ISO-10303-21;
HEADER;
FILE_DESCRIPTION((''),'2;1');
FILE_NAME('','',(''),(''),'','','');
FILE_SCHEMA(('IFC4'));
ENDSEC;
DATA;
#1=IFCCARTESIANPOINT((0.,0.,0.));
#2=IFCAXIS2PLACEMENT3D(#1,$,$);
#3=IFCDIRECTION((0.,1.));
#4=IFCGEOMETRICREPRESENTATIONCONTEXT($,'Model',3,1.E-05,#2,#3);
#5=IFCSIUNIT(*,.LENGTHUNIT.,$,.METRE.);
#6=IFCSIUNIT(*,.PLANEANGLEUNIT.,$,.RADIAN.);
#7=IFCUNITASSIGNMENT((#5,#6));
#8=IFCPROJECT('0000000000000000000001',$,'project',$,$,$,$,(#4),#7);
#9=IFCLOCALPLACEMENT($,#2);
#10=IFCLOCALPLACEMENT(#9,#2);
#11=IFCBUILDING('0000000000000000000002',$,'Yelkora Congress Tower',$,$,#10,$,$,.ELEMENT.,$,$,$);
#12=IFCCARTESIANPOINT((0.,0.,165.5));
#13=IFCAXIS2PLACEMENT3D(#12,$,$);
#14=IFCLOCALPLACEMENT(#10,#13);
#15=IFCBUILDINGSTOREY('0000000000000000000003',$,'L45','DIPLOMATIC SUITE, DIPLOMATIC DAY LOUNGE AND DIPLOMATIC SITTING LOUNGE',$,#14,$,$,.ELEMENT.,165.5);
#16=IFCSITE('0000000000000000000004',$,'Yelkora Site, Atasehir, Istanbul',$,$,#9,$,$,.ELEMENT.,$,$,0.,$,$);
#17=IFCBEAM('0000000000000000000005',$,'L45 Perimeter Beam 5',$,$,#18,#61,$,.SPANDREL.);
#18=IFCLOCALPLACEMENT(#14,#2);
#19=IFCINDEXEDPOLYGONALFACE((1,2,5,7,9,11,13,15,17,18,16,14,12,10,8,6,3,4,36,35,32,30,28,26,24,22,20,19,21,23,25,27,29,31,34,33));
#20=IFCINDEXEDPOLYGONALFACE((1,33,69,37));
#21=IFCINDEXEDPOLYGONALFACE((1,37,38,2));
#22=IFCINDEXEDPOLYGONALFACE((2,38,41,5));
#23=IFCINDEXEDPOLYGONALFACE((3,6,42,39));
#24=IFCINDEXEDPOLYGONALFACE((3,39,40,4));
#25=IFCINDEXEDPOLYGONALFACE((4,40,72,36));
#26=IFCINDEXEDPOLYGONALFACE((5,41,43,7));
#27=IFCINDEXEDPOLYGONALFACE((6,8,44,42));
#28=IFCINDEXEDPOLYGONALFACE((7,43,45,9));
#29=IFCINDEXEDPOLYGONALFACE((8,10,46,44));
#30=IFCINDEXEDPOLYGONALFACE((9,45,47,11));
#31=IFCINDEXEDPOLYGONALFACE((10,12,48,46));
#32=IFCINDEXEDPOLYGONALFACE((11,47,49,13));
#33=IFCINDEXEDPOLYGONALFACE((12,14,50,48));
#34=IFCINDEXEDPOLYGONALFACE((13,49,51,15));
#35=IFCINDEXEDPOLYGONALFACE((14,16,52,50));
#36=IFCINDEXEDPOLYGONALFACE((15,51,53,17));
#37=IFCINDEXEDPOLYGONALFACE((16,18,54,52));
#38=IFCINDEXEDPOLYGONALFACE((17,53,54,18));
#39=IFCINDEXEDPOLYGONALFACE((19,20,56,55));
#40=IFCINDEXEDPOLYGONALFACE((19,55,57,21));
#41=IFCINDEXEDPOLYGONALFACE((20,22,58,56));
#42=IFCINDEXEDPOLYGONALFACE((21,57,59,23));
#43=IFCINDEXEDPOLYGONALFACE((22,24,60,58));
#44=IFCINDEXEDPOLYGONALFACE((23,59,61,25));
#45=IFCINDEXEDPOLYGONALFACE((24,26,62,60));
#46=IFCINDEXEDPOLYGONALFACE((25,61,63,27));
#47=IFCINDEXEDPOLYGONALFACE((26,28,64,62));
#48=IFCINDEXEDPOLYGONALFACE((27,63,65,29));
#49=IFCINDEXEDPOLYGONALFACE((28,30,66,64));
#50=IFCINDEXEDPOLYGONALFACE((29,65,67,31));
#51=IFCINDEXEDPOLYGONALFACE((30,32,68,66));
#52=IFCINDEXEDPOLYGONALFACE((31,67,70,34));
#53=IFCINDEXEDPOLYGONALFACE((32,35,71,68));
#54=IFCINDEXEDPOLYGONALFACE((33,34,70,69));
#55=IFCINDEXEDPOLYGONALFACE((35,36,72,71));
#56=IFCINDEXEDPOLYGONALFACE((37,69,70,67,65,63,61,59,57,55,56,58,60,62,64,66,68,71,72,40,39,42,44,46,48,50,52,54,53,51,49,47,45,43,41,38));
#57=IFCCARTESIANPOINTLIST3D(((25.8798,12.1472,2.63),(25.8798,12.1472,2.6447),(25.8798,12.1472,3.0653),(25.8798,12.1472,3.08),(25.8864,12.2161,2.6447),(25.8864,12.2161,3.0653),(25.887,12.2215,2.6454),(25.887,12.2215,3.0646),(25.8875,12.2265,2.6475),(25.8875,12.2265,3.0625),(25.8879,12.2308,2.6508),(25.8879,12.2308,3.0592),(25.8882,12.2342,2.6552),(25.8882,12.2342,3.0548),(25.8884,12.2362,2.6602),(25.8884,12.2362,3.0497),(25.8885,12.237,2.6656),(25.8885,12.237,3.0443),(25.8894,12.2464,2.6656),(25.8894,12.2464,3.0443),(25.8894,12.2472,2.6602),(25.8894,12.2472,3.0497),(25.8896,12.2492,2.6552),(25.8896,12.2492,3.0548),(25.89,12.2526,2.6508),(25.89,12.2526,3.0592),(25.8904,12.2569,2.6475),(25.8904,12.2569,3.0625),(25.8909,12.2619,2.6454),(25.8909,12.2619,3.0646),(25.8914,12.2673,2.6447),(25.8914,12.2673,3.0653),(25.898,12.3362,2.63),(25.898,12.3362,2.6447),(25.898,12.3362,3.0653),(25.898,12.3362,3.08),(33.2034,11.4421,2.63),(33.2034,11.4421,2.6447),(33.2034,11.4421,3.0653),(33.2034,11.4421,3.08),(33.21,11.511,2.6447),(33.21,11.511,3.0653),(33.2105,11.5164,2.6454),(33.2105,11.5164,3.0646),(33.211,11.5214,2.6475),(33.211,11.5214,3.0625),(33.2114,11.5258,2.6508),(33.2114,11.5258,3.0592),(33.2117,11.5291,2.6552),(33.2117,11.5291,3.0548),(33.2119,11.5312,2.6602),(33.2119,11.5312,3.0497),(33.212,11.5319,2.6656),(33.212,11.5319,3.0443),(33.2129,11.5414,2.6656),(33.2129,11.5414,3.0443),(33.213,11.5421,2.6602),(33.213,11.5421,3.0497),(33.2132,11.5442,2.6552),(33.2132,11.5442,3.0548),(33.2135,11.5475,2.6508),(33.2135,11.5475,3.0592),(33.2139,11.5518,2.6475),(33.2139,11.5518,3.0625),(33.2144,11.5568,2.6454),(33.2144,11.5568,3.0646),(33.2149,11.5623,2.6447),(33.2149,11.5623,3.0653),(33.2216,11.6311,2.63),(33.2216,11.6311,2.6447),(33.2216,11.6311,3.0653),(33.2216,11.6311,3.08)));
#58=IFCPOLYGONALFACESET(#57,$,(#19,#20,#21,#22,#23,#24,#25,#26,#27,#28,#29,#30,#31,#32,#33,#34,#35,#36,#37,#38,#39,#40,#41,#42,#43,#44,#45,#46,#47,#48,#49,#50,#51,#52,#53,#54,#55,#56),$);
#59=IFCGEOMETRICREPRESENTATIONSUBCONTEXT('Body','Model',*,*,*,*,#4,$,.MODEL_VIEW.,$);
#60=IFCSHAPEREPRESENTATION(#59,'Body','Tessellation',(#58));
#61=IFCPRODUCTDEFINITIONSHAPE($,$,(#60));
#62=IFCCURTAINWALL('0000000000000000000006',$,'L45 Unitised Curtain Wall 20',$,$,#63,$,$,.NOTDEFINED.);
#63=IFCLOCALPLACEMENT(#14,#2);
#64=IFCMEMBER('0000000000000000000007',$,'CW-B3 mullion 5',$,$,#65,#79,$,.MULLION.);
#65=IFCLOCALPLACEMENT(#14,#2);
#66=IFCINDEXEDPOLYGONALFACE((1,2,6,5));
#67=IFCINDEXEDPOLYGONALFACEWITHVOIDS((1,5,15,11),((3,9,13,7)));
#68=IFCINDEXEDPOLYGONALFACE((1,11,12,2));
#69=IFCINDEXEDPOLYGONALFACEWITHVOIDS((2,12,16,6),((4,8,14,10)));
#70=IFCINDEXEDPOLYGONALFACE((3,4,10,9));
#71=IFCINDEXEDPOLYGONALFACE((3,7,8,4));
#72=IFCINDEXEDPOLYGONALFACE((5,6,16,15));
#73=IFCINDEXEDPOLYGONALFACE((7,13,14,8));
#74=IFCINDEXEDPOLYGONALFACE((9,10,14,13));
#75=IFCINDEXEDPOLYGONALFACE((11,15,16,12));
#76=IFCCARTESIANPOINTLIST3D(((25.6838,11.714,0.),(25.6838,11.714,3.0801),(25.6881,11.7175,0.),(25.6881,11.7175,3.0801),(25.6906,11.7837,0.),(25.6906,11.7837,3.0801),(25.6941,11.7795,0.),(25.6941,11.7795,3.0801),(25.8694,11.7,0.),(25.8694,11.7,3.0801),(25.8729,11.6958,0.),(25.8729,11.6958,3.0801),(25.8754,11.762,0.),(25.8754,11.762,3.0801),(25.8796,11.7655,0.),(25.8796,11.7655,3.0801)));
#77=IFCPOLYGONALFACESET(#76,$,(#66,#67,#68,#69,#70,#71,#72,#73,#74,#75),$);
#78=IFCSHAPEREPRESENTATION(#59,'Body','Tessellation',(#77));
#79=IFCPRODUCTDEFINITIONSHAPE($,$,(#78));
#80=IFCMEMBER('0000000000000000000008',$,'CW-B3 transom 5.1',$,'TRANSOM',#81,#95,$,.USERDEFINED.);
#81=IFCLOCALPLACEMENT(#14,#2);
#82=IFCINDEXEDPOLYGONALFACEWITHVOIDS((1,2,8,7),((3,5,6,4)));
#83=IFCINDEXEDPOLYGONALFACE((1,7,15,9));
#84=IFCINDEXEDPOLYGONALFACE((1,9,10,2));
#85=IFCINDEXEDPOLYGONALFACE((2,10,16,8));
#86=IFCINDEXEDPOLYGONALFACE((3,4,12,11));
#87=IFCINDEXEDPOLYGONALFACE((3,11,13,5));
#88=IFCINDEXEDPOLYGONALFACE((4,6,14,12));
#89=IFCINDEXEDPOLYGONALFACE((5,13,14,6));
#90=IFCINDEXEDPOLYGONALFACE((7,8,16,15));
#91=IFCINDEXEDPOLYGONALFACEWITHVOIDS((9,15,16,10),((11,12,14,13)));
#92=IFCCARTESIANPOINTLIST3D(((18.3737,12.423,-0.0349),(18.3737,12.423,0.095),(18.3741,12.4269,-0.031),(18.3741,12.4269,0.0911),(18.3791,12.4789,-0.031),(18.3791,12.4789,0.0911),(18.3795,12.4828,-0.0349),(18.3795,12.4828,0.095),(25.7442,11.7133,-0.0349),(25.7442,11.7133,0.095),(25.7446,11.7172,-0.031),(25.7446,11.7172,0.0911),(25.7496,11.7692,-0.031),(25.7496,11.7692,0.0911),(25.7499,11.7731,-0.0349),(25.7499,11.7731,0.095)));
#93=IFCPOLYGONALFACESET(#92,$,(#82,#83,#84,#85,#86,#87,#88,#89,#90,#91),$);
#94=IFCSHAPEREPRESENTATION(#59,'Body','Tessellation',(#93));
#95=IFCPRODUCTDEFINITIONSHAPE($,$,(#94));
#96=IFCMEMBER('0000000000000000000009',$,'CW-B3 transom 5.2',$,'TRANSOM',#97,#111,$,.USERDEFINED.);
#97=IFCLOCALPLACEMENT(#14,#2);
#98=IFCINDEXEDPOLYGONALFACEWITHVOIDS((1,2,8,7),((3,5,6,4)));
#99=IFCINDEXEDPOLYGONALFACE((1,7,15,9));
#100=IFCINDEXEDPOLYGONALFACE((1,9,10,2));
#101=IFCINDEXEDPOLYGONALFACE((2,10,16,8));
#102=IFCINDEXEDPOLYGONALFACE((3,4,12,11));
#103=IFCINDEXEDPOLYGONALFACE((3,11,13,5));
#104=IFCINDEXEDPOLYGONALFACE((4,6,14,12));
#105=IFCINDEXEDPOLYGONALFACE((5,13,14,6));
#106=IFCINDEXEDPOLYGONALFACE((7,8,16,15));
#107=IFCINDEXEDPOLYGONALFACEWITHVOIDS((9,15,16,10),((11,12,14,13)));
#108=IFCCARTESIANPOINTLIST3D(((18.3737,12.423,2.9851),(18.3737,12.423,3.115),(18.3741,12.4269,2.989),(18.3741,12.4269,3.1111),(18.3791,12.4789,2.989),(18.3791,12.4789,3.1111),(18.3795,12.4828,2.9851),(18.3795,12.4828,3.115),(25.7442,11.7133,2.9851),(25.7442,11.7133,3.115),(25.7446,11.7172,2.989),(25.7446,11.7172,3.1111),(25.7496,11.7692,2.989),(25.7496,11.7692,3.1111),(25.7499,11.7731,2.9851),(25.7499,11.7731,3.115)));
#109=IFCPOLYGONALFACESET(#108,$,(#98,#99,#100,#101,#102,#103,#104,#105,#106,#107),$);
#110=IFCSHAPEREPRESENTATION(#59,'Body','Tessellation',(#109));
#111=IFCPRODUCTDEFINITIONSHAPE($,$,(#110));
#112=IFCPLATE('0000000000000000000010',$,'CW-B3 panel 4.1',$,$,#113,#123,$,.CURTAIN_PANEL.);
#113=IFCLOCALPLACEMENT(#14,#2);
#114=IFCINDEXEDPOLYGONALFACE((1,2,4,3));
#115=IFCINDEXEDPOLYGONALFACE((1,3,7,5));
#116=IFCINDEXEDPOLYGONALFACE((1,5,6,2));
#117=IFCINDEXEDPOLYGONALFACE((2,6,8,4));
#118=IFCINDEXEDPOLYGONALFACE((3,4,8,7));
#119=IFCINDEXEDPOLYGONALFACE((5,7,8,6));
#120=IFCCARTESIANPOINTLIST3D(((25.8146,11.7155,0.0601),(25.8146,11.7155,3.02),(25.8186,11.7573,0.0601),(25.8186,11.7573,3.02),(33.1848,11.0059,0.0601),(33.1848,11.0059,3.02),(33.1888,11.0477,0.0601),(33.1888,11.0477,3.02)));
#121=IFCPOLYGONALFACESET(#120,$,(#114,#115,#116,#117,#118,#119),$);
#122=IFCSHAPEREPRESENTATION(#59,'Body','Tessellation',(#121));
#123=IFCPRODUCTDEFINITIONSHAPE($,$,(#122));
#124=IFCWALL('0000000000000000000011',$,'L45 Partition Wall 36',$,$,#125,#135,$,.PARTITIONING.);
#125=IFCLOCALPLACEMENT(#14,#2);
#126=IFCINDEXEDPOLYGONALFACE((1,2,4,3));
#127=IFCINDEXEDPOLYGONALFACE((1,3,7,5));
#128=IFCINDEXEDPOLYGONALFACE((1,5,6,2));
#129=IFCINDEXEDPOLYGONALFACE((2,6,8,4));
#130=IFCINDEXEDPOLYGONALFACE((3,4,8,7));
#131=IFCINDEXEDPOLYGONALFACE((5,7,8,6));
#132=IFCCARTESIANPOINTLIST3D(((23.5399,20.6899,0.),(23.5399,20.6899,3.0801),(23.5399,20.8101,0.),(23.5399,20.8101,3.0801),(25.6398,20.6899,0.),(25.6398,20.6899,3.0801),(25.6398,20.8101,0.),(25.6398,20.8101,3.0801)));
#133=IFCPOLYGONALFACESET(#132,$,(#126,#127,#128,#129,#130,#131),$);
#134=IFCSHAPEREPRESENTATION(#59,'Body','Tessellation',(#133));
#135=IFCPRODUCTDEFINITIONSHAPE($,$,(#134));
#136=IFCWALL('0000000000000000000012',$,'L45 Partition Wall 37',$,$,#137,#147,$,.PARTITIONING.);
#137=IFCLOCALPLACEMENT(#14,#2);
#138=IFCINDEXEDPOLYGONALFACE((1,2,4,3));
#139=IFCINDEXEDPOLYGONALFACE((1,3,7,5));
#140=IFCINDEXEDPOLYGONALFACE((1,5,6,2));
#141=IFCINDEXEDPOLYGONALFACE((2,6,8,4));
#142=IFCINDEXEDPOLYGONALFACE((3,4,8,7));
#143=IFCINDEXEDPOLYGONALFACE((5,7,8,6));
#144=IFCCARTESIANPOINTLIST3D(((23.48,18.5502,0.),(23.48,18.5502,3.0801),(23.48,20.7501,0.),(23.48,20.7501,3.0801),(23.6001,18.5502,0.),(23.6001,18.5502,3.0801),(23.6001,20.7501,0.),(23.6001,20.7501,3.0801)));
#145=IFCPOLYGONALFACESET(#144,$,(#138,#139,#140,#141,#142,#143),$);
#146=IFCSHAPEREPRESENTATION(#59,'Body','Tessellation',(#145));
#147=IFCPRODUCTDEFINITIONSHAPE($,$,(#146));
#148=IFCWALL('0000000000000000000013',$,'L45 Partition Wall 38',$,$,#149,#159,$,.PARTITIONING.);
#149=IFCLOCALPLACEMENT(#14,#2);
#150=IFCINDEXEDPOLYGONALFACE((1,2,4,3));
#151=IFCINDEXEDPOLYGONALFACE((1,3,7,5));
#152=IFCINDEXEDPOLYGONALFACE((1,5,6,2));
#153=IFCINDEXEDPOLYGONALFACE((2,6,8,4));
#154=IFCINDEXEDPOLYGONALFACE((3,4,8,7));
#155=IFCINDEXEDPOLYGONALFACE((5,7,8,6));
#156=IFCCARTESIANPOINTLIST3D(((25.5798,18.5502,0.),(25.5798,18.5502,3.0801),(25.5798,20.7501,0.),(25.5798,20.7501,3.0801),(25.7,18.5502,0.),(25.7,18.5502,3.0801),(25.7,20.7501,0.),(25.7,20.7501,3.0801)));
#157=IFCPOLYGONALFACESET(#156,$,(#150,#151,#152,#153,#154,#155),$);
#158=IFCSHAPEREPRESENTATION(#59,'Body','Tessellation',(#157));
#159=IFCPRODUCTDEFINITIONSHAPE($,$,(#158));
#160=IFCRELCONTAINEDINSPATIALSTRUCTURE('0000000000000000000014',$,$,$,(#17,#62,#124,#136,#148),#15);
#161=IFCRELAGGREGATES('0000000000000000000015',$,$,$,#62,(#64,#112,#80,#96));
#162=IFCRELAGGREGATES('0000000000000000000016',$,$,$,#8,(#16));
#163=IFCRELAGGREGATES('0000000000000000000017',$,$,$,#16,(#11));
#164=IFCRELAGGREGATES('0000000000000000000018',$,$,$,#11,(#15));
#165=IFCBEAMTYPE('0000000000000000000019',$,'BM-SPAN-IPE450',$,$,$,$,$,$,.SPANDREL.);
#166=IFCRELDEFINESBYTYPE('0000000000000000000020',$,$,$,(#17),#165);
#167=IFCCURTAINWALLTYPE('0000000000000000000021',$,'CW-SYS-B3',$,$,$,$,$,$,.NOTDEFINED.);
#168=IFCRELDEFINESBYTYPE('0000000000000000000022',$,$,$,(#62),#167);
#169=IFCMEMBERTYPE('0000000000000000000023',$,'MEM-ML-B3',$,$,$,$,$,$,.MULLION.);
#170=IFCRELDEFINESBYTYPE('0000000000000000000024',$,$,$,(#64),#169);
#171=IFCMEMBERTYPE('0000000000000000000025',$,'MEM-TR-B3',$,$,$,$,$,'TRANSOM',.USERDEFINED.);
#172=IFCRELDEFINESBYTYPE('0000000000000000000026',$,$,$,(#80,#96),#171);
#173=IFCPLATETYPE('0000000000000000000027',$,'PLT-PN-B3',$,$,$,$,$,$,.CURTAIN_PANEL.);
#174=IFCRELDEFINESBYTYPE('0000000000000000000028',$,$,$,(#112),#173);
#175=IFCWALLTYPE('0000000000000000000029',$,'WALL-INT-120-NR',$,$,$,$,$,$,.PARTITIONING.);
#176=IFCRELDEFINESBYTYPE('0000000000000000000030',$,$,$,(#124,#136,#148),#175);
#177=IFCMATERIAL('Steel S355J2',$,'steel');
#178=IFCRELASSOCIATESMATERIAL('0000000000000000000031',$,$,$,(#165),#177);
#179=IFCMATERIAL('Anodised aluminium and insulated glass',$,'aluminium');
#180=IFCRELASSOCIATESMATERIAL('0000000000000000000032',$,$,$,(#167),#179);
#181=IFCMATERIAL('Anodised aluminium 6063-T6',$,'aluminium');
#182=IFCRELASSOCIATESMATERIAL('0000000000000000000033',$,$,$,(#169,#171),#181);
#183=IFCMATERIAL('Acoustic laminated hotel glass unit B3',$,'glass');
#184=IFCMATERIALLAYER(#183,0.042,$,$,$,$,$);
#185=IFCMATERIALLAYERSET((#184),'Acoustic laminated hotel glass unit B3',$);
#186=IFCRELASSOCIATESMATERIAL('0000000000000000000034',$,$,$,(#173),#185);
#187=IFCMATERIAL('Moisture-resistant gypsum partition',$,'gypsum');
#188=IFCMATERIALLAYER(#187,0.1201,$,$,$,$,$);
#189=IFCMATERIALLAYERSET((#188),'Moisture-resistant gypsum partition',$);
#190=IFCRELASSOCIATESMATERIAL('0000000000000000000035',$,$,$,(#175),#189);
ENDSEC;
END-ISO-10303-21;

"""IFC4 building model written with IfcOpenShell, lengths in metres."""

from ifc_helpers import new_model, si_unit, direction, frame, frame_2d, origin, origin_2d, place, context, subcontext, project, spatial, rectangle, hollow_rectangle, i_section, extrude, material, layer, layer_set, material_profile, profile_set, type_object, element, aggregate, save


model = new_model("IFC4")

# Units and contexts
model_context = context("Model", 3, precision=1e-05, world=origin(), true_north=direction((0.0, 1.0)))
body_context = subcontext(model_context, "Body", "Model", "MODEL_VIEW")
ifc_project = project(units=[si_unit("LENGTHUNIT", "METRE"), si_unit("PLANEANGLEUNIT", "RADIAN")], contexts=[model_context])

# Site, building, storey
site_placement = place(None, origin())
site = spatial("IfcSite", under=ifc_project, at=site_placement, Name="Yelkora Site, Atasehir, Istanbul", CompositionType="ELEMENT", RefElevation=0.0)
building_placement = place(site_placement, origin())
building = spatial("IfcBuilding", under=site, at=building_placement, Name="Yelkora Congress Tower", CompositionType="ELEMENT")
storey_placement = place(building_placement, frame((0.0, 0.0, 165.5)))
storey = spatial("IfcBuildingStorey", under=building, at=storey_placement, Name="L45", Description="DIPLOMATIC SUITE, DIPLOMATIC DAY LOUNGE AND DIPLOMATIC SITTING LOUNGE", CompositionType="ELEMENT", Elevation=165.5)

# Beam
ifc_material_1 = material(Name="Steel S355J2", Category="steel")
ifc_material_profile_1 = material_profile(ifc_material_1, i_section(OverallWidth=0.1899, OverallDepth=0.45, WebThickness=0.0095, FlangeThickness=0.0146, FilletRadius=0.021, at=origin_2d()), Name="IPE 450")
ifc_profile_set_1 = profile_set([ifc_material_profile_1], Name="Steel S355J2")
beam_type_1 = type_object("IfcBeamType", Name="BM-SPAN-IPE450", PredefinedType="SPANDREL", material=ifc_profile_set_1)
beam_1_placement = place(storey_placement, frame((25.8889, 12.2417, 2.855), z_axis=(0.995397, -0.095833, 0.0), x_axis=(0.095833, 0.995397, 0.0)))
element("IfcBeam", 1, at=beam_1_placement, inside=storey, type_object=beam_type_1, Name="L45 Perimeter Beam 5", PredefinedType="SPANDREL", context=body_context, shape_type="SweptSolid", body=[
    extrude(i_section(OverallWidth=0.1899, OverallDepth=0.45, WebThickness=0.0095, FlangeThickness=0.0146, FilletRadius=0.021, at=origin_2d()), origin(), (0.0, 0.0, 1.0), 7.3574),
])

# Curtain wall, members, plate
ifc_material_2 = material(Name="Anodised aluminium and insulated glass", Category="aluminium")
curtain_wall_type = type_object("IfcCurtainWallType", Name="CW-SYS-B3", PredefinedType="NOTDEFINED", material=ifc_material_2)
curtain_wall_placement = place(storey_placement, origin())
curtain_wall = element("IfcCurtainWall", 2, at=curtain_wall_placement, inside=storey, type_object=curtain_wall_type, Name="L45 Unitised Curtain Wall 20", PredefinedType="NOTDEFINED")
ifc_material_3 = material(Name="Anodised aluminium 6063-T6", Category="aluminium")
ifc_material_profile_2 = material_profile(ifc_material_3, hollow_rectangle(XDim=0.0701, YDim=0.1899, WallThickness=0.0039, at=origin_2d()), Name="ALU 70x190x4")
ifc_profile_set_2 = profile_set([ifc_material_profile_2], Name="Anodised aluminium 6063-T6")
member_type_1 = type_object("IfcMemberType", Name="MEM-ML-B3", PredefinedType="MULLION", material=ifc_profile_set_2)
member_1_placement = place(storey_placement, frame((25.7817, 11.7397, 0.0), z_axis=(0.0, 0.0, 1.0), x_axis=(-0.095845, -0.995396, 0.0)))
member_1 = element("IfcMember", 3, at=member_1_placement, type_object=member_type_1, Name="CW-B3 mullion 5", PredefinedType="MULLION", context=body_context, shape_type="SweptSolid", body=[
    extrude(hollow_rectangle(XDim=0.0701, YDim=0.1899, WallThickness=0.0039, at=origin_2d()), origin(), (0.0, 0.0, 1.0), 3.0801),
])
ifc_material_profile_3 = material_profile(ifc_material_3, hollow_rectangle(XDim=0.0601, YDim=0.1299, WallThickness=0.0039, at=origin_2d()), Name="ALU 60x130x4")
ifc_profile_set_3 = profile_set([ifc_material_profile_3], Name="Anodised aluminium 6063-T6")
member_type_2 = type_object("IfcMemberType", Name="MEM-TR-B3", ElementType="TRANSOM", PredefinedType="USERDEFINED", material=ifc_profile_set_3)
member_2_placement = place(storey_placement, frame((25.7471, 11.7432, 0.03), z_axis=(-0.995396, 0.09585, 0.0), x_axis=(-0.09585, -0.995396, 0.0)))
member_2 = element("IfcMember", 4, at=member_2_placement, type_object=member_type_2, Name="CW-B3 transom 5.1", ObjectType="TRANSOM", PredefinedType="USERDEFINED", context=body_context, shape_type="SweptSolid", body=[
    extrude(hollow_rectangle(XDim=0.0601, YDim=0.1299, WallThickness=0.0039, at=origin_2d()), origin(), (0.0, 0.0, 1.0), 7.4045),
])
member_3_placement = place(storey_placement, frame((25.7471, 11.7432, 3.05), z_axis=(-0.995396, 0.09585, 0.0), x_axis=(-0.09585, -0.995396, 0.0)))
member_3 = element("IfcMember", 5, at=member_3_placement, type_object=member_type_2, Name="CW-B3 transom 5.2", ObjectType="TRANSOM", PredefinedType="USERDEFINED", context=body_context, shape_type="SweptSolid", body=[
    extrude(hollow_rectangle(XDim=0.0601, YDim=0.1299, WallThickness=0.0039, at=origin_2d()), origin(), (0.0, 0.0, 1.0), 7.4045),
])
ifc_material_4 = material(Name="Acoustic laminated hotel glass unit B3", Category="glass")
ifc_layer_1 = layer(ifc_material_4, 0.042)
ifc_layer_set_1 = layer_set([ifc_layer_1], Name="Acoustic laminated hotel glass unit B3")
plate_type = type_object("IfcPlateType", Name="PLT-PN-B3", PredefinedType="CURTAIN_PANEL", material=ifc_layer_set_1)
plate_placement = place(storey_placement, frame((29.5017, 11.3816, 0.0601), z_axis=(0.0, 0.0, 1.0), x_axis=(-0.995396, 0.095845, 0.0)))
plate = element("IfcPlate", 6, at=plate_placement, type_object=plate_type, Name="CW-B3 panel 4.1", PredefinedType="CURTAIN_PANEL", context=body_context, shape_type="SweptSolid", body=[
    extrude(rectangle(XDim=7.4043, YDim=0.042, at=origin_2d()), origin(), (0.0, 0.0, 1.0), 2.96),
])
aggregate(curtain_wall, [member_1, plate, member_2, member_3])

# Walls
ifc_material_5 = material(Name="Moisture-resistant gypsum partition", Category="gypsum")
ifc_layer_2 = layer(ifc_material_5, 0.1201)
ifc_layer_set_2 = layer_set([ifc_layer_2], Name="Moisture-resistant gypsum partition")
wall_type_1 = type_object("IfcWallType", Name="WALL-INT-120-NR", PredefinedType="PARTITIONING", material=ifc_layer_set_2)
wall_1_placement = place(storey_placement, frame((23.54, 20.75, 0.0), z_axis=(0.0, 0.0, 1.0), x_axis=(1.0, 0.0, 0.0)))
element("IfcWall", 7, at=wall_1_placement, inside=storey, type_object=wall_type_1, Name="L45 Partition Wall 36", PredefinedType="PARTITIONING", context=body_context, shape_type="SweptSolid", body=[
    extrude(rectangle(XDim=2.0999, YDim=0.1201, at=frame_2d((1.0498, 0.0))), origin(), (0.0, 0.0, 1.0), 3.0801),
])
for number, where, z_axis, x_axis, name in (
    (8, (23.54, 18.55, 0.0), (0.0, 0.0, 1.0), (0.0, 1.0, 0.0), "L45 Partition Wall 37"),
    (9, (25.6399, 18.55, 0.0), (0.0, 0.0, 1.0), (0.0, 1.0, 0.0), "L45 Partition Wall 38"),
):
    element("IfcWall", number, at=place(storey_placement, frame(where, z_axis=z_axis, x_axis=x_axis)), inside=storey, type_object=wall_type_1, Name=name, PredefinedType="PARTITIONING", context=body_context, shape_type="SweptSolid", body=[
        extrude(rectangle(XDim=2.2, YDim=0.1201, at=frame_2d((1.1001, 0.0))), origin(), (0.0, 0.0, 1.0), 3.0801),
    ])

save(model, "model.ifc")
